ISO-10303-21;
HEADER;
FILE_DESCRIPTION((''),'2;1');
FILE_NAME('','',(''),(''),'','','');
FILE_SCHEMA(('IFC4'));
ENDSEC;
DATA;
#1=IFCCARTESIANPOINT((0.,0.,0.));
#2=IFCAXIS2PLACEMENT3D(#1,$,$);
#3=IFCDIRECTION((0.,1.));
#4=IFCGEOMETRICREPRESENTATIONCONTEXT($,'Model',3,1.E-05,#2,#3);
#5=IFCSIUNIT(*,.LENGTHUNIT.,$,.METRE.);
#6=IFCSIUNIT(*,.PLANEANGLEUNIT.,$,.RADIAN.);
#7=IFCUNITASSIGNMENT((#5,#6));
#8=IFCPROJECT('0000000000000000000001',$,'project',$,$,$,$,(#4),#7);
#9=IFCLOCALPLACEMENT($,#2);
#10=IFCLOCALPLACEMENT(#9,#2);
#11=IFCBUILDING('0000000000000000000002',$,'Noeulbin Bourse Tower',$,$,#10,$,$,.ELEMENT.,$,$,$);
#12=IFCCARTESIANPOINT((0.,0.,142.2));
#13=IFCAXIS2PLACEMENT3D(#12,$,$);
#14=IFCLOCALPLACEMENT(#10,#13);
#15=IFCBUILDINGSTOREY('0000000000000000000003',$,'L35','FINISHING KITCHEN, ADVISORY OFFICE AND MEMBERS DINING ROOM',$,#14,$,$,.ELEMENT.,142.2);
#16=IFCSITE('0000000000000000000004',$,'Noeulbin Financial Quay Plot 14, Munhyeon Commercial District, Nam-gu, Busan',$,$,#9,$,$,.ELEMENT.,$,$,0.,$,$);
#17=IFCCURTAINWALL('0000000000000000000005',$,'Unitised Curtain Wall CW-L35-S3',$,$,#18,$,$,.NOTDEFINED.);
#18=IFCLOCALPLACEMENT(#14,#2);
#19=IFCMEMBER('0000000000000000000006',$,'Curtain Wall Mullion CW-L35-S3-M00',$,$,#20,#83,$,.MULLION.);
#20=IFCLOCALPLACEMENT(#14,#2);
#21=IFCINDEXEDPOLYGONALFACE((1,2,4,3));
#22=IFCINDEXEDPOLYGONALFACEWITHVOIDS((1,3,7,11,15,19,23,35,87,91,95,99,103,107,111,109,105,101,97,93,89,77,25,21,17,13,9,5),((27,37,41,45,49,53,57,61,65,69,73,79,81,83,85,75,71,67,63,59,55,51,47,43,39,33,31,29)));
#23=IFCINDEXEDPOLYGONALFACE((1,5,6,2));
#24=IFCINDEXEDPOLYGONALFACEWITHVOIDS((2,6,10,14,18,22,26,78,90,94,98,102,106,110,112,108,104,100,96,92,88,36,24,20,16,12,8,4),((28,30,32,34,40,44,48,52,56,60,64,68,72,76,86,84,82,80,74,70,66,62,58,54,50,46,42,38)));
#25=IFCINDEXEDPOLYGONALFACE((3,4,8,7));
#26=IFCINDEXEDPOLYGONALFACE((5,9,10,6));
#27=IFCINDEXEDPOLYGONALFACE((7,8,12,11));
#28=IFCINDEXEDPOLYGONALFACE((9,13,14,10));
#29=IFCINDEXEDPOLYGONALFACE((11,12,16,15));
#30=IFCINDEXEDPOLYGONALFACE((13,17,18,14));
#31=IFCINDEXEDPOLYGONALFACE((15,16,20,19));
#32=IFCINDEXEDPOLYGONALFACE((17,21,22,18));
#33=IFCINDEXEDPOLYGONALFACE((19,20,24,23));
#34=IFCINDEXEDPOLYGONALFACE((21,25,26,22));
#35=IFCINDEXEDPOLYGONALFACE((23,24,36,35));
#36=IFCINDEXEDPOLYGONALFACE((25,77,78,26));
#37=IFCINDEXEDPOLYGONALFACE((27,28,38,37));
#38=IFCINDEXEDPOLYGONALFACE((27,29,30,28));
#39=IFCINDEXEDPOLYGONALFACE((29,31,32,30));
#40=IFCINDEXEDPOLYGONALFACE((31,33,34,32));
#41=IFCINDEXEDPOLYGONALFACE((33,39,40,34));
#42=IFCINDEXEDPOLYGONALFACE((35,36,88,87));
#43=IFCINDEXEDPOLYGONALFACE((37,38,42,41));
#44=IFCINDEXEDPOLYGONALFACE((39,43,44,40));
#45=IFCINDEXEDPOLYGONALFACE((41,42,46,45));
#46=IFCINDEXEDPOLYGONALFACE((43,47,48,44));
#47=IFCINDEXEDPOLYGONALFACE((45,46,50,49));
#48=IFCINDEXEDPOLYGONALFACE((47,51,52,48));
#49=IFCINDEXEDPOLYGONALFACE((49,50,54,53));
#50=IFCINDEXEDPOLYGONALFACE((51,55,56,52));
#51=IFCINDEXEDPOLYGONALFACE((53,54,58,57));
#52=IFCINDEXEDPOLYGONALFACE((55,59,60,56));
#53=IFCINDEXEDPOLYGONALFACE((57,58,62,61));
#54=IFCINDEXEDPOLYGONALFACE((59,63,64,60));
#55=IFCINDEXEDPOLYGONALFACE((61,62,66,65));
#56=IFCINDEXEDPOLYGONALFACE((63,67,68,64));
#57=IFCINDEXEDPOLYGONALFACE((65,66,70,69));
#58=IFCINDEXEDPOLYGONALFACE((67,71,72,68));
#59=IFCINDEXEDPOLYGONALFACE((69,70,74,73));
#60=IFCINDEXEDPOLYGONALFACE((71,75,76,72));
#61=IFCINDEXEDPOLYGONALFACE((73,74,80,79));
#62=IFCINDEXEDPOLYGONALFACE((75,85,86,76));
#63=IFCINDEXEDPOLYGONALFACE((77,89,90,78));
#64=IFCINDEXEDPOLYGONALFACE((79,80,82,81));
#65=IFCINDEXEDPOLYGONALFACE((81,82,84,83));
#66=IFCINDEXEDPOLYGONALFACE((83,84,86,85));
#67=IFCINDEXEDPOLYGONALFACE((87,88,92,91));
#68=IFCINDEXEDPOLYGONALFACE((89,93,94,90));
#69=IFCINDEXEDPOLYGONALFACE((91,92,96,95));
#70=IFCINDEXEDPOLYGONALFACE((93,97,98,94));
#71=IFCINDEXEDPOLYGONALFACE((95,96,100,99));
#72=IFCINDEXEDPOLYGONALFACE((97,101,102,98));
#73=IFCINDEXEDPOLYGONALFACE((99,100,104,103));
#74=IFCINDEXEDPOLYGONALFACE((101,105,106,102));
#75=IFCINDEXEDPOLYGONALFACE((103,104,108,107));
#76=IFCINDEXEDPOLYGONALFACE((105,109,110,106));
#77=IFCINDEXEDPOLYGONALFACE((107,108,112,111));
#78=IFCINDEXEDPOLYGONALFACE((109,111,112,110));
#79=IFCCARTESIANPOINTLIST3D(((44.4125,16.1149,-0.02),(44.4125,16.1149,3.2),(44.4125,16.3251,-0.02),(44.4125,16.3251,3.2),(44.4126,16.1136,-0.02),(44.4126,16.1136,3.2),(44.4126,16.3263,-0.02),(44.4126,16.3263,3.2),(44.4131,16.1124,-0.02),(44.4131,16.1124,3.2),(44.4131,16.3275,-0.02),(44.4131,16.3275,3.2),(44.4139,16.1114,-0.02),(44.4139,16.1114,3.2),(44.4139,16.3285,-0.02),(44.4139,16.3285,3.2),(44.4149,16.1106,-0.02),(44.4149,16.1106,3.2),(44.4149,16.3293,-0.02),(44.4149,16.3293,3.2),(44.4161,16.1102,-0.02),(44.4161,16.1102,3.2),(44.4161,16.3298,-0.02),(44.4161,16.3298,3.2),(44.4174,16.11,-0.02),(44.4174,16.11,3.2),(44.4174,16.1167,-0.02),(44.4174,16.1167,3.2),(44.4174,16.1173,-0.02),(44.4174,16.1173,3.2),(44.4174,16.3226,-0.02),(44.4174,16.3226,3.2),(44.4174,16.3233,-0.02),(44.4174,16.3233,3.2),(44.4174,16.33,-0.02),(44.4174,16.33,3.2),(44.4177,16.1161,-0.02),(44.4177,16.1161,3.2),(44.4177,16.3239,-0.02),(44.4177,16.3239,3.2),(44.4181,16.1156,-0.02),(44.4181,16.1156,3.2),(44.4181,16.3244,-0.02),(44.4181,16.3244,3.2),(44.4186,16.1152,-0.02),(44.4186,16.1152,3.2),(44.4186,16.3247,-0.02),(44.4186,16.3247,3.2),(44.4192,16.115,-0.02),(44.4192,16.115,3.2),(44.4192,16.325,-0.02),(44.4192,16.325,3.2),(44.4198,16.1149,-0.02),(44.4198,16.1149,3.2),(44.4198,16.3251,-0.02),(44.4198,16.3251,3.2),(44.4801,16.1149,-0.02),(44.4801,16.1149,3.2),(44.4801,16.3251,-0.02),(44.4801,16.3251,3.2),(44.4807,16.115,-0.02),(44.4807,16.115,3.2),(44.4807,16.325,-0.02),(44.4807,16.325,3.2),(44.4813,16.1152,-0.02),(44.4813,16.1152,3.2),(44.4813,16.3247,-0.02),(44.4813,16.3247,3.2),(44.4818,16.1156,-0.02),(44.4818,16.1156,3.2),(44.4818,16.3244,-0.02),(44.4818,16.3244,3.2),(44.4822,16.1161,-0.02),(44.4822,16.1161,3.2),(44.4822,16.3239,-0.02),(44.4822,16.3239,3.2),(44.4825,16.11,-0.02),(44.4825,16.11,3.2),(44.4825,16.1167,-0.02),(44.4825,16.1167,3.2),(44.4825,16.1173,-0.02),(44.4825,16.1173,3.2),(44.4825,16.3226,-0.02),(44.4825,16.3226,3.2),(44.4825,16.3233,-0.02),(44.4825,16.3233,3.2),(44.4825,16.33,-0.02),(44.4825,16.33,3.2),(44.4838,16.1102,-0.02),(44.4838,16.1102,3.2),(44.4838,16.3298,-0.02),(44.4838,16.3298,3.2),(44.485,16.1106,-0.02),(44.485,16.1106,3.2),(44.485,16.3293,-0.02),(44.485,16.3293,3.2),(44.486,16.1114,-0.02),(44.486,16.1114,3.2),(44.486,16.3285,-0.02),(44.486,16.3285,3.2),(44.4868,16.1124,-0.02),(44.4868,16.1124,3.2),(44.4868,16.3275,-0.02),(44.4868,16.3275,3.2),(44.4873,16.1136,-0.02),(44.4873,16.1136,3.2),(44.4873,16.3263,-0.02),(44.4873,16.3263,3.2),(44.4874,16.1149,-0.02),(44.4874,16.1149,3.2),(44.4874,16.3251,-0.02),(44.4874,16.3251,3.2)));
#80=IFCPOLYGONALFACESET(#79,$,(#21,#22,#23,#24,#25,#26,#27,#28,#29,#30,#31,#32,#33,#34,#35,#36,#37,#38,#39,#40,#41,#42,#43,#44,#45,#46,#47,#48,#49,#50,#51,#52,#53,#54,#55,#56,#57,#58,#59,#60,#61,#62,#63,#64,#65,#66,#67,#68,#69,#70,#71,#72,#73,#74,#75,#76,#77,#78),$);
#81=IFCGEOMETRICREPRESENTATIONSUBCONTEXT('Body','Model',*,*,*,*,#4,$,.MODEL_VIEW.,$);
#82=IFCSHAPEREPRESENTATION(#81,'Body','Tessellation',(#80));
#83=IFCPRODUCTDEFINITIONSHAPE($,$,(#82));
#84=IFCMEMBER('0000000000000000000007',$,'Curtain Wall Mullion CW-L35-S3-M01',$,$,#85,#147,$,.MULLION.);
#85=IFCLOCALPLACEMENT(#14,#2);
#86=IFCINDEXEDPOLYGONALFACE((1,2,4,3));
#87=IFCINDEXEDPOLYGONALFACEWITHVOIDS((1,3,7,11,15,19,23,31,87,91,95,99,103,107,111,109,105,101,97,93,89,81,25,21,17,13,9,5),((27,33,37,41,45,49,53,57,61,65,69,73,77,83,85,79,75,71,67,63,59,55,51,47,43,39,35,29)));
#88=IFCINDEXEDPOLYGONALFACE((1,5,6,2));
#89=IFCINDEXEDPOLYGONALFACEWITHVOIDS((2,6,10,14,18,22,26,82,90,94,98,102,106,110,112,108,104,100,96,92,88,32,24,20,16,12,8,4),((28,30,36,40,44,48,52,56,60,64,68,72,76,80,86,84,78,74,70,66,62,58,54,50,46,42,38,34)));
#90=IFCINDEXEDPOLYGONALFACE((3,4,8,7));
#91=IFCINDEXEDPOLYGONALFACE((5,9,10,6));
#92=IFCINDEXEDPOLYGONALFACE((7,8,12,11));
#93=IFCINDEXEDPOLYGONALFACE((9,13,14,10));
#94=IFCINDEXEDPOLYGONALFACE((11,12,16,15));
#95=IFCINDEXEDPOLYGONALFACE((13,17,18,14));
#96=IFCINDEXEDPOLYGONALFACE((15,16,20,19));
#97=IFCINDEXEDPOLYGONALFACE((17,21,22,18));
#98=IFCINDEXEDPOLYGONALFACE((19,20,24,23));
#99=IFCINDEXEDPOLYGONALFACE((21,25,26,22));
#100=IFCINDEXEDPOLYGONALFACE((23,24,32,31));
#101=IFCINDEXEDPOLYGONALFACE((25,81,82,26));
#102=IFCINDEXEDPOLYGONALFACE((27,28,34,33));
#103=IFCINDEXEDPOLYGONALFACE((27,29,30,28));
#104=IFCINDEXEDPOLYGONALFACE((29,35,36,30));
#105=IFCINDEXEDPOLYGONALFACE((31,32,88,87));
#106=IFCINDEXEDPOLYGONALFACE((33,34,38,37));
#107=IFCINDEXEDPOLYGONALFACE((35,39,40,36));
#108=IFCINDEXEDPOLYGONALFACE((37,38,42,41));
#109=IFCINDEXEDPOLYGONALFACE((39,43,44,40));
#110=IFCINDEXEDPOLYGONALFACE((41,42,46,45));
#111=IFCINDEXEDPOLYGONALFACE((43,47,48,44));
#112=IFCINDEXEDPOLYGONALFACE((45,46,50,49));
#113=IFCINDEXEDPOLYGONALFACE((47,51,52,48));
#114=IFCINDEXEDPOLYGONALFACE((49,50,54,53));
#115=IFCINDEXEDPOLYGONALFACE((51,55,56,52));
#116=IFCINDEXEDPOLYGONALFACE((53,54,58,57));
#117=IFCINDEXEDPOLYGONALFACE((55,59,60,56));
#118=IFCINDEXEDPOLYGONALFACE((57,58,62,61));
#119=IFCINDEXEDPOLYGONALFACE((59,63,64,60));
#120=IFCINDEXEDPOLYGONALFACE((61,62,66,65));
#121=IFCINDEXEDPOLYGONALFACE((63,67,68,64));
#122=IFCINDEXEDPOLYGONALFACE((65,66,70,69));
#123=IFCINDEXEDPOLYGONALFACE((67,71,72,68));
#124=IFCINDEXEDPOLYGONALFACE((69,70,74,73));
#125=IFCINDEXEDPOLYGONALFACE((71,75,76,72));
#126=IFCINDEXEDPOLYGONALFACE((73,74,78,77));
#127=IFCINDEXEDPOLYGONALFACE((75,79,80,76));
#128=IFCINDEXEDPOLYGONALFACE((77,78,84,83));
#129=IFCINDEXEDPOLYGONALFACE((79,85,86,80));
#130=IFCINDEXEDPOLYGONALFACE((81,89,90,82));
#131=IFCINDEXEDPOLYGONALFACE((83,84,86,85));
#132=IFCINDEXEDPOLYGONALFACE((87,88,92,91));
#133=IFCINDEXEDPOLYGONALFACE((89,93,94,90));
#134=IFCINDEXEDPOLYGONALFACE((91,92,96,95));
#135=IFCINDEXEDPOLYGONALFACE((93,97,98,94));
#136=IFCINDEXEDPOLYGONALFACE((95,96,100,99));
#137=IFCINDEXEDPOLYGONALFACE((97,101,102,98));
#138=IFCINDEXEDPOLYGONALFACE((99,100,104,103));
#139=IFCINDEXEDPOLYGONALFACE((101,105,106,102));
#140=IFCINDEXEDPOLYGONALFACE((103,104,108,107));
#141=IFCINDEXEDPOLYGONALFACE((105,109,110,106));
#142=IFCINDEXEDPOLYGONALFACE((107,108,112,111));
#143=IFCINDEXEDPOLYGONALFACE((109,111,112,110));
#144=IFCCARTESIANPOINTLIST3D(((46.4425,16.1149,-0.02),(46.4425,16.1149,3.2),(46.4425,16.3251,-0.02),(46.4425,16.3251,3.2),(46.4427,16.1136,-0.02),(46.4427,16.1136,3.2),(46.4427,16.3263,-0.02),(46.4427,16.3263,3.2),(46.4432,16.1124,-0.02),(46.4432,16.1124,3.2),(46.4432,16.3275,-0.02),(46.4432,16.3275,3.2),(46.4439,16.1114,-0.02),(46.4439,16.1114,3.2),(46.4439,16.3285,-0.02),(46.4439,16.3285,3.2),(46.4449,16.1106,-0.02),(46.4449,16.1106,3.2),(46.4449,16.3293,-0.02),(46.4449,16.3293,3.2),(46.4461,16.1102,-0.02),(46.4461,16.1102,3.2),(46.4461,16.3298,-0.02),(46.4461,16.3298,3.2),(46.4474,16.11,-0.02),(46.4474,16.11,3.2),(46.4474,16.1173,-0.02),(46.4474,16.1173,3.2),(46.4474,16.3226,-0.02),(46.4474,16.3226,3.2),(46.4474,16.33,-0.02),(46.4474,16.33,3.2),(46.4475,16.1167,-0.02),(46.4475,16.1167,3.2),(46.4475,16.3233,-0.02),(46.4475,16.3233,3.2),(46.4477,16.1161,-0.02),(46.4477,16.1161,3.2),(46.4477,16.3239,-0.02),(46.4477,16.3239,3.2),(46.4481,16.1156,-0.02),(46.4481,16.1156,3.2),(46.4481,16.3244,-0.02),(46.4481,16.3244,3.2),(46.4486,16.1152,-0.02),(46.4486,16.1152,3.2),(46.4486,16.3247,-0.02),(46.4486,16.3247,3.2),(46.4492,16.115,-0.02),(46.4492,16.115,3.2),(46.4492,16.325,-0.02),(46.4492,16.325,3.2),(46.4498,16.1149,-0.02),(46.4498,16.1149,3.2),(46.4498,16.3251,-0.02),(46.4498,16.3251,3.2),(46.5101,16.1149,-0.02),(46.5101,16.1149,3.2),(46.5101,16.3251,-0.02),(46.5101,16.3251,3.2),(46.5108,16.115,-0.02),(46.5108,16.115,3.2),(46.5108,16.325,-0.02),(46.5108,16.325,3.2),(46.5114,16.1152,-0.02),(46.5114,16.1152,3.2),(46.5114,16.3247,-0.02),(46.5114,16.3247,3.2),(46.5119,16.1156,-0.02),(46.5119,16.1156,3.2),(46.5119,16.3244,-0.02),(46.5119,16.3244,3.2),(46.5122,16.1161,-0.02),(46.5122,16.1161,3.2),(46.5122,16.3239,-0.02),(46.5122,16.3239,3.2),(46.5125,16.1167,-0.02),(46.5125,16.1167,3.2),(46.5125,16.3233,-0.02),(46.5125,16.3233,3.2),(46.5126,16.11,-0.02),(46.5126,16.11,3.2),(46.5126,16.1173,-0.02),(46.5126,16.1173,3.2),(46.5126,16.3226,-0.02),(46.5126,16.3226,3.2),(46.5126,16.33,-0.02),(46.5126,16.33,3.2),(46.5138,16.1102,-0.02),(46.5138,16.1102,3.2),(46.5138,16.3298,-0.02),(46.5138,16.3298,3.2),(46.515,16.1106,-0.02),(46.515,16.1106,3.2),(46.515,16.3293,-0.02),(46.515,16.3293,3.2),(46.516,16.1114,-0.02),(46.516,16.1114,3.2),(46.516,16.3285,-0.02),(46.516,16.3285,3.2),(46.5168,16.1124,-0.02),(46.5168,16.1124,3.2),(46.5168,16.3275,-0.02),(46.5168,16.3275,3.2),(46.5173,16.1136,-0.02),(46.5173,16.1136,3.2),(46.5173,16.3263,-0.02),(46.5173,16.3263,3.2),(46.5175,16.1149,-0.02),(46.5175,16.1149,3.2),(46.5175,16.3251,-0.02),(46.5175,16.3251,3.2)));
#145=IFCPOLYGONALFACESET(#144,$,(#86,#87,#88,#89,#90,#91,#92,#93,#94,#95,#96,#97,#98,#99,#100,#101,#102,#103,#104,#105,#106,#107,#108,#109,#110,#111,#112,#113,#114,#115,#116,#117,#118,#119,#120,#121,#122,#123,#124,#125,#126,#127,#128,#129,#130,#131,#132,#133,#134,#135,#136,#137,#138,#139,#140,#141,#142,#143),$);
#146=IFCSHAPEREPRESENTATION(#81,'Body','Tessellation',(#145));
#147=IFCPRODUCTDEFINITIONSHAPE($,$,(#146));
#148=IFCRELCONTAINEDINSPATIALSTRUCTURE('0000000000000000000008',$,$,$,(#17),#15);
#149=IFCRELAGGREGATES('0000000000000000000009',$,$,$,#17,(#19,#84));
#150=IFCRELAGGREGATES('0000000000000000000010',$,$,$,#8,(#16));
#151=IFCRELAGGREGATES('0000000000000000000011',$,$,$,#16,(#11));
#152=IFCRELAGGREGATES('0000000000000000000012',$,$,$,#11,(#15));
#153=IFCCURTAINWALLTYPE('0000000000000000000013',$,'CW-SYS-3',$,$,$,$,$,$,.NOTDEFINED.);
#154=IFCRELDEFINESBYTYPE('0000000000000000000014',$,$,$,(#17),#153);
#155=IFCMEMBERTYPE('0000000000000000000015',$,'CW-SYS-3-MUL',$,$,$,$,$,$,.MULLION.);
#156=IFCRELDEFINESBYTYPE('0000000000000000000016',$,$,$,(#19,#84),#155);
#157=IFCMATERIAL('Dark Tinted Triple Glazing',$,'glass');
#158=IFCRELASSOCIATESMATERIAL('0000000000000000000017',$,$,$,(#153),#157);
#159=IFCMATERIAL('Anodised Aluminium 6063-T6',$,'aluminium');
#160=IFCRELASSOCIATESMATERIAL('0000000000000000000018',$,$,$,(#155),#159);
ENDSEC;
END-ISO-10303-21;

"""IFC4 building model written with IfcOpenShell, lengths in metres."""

from ifc_helpers import new_model, si_unit, direction, frame, origin, origin_2d, place, context, subcontext, project, spatial, hollow_rectangle, extrude, material, material_profile, profile_set, type_object, element, aggregate, save


model = new_model("IFC4")

# Units and contexts
model_context = context("Model", 3, precision=1e-05, world=origin(), true_north=direction((0.0, 1.0)))
body_context = subcontext(model_context, "Body", "Model", "MODEL_VIEW")
ifc_project = project(units=[si_unit("LENGTHUNIT", "METRE"), si_unit("PLANEANGLEUNIT", "RADIAN")], contexts=[model_context])

# Site, building, storey
site_placement = place(None, origin())
site = spatial("IfcSite", under=ifc_project, at=site_placement, Name="Noeulbin Financial Quay Plot 14, Munhyeon Commercial District, Nam-gu, Busan", CompositionType="ELEMENT", RefElevation=0.0)
building_placement = place(site_placement, origin())
building = spatial("IfcBuilding", under=site, at=building_placement, Name="Noeulbin Bourse Tower", CompositionType="ELEMENT")
storey_placement = place(building_placement, frame((0.0, 0.0, 142.2)))
storey = spatial("IfcBuildingStorey", under=building, at=storey_placement, Name="L35", Description="FINISHING KITCHEN, ADVISORY OFFICE AND MEMBERS DINING ROOM", CompositionType="ELEMENT", Elevation=142.2)

# Curtain wall, members
ifc_material_1 = material(Name="Dark Tinted Triple Glazing", Category="glass")
curtain_wall_type = type_object("IfcCurtainWallType", Name="CW-SYS-3", PredefinedType="NOTDEFINED", material=ifc_material_1)
curtain_wall_placement = place(storey_placement, origin())
curtain_wall = element("IfcCurtainWall", 1, at=curtain_wall_placement, inside=storey, type_object=curtain_wall_type, Name="Unitised Curtain Wall CW-L35-S3", PredefinedType="NOTDEFINED")
ifc_material_2 = material(Name="Anodised Aluminium 6063-T6", Category="aluminium")
ifc_material_profile_1 = material_profile(ifc_material_2, hollow_rectangle(XDim=0.075, YDim=0.22, WallThickness=0.0049, InnerFilletRadius=0.0024, OuterFilletRadius=0.0049, at=origin_2d()), Name="ALU-MULL-75x220x5", Category="LoadBearing")
ifc_profile_set_1 = profile_set([ifc_material_profile_1], Name="Anodised Aluminium 6063-T6")
member_type_1 = type_object("IfcMemberType", Name="CW-SYS-3-MUL", PredefinedType="MULLION", material=ifc_profile_set_1)
member_1_placement = place(storey_placement, frame((44.45, 16.22, -0.02), z_axis=(0.0, 0.0, 1.0), x_axis=(1.0, 0.0, 0.0)))
member_1 = element("IfcMember", 2, at=member_1_placement, type_object=member_type_1, Name="Curtain Wall Mullion CW-L35-S3-M00", PredefinedType="MULLION", context=body_context, shape_type="SweptSolid", body=[
    extrude(hollow_rectangle(XDim=0.075, YDim=0.22, WallThickness=0.0049, InnerFilletRadius=0.0024, OuterFilletRadius=0.0049, at=origin_2d()), origin(), (0.0, 0.0, 1.0), 3.22),
])
member_2_placement = place(storey_placement, frame((46.48, 16.22, -0.02), z_axis=(0.0, 0.0, 1.0), x_axis=(1.0, 0.0, 0.0)))
member_2 = element("IfcMember", 3, at=member_2_placement, type_object=member_type_1, Name="Curtain Wall Mullion CW-L35-S3-M01", PredefinedType="MULLION", context=body_context, shape_type="SweptSolid", body=[
    extrude(hollow_rectangle(XDim=0.075, YDim=0.22, WallThickness=0.0049, InnerFilletRadius=0.0024, OuterFilletRadius=0.0049, at=origin_2d()), origin(), (0.0, 0.0, 1.0), 3.22),
])
aggregate(curtain_wall, [member_1, member_2])

save(model, "model.ifc")
